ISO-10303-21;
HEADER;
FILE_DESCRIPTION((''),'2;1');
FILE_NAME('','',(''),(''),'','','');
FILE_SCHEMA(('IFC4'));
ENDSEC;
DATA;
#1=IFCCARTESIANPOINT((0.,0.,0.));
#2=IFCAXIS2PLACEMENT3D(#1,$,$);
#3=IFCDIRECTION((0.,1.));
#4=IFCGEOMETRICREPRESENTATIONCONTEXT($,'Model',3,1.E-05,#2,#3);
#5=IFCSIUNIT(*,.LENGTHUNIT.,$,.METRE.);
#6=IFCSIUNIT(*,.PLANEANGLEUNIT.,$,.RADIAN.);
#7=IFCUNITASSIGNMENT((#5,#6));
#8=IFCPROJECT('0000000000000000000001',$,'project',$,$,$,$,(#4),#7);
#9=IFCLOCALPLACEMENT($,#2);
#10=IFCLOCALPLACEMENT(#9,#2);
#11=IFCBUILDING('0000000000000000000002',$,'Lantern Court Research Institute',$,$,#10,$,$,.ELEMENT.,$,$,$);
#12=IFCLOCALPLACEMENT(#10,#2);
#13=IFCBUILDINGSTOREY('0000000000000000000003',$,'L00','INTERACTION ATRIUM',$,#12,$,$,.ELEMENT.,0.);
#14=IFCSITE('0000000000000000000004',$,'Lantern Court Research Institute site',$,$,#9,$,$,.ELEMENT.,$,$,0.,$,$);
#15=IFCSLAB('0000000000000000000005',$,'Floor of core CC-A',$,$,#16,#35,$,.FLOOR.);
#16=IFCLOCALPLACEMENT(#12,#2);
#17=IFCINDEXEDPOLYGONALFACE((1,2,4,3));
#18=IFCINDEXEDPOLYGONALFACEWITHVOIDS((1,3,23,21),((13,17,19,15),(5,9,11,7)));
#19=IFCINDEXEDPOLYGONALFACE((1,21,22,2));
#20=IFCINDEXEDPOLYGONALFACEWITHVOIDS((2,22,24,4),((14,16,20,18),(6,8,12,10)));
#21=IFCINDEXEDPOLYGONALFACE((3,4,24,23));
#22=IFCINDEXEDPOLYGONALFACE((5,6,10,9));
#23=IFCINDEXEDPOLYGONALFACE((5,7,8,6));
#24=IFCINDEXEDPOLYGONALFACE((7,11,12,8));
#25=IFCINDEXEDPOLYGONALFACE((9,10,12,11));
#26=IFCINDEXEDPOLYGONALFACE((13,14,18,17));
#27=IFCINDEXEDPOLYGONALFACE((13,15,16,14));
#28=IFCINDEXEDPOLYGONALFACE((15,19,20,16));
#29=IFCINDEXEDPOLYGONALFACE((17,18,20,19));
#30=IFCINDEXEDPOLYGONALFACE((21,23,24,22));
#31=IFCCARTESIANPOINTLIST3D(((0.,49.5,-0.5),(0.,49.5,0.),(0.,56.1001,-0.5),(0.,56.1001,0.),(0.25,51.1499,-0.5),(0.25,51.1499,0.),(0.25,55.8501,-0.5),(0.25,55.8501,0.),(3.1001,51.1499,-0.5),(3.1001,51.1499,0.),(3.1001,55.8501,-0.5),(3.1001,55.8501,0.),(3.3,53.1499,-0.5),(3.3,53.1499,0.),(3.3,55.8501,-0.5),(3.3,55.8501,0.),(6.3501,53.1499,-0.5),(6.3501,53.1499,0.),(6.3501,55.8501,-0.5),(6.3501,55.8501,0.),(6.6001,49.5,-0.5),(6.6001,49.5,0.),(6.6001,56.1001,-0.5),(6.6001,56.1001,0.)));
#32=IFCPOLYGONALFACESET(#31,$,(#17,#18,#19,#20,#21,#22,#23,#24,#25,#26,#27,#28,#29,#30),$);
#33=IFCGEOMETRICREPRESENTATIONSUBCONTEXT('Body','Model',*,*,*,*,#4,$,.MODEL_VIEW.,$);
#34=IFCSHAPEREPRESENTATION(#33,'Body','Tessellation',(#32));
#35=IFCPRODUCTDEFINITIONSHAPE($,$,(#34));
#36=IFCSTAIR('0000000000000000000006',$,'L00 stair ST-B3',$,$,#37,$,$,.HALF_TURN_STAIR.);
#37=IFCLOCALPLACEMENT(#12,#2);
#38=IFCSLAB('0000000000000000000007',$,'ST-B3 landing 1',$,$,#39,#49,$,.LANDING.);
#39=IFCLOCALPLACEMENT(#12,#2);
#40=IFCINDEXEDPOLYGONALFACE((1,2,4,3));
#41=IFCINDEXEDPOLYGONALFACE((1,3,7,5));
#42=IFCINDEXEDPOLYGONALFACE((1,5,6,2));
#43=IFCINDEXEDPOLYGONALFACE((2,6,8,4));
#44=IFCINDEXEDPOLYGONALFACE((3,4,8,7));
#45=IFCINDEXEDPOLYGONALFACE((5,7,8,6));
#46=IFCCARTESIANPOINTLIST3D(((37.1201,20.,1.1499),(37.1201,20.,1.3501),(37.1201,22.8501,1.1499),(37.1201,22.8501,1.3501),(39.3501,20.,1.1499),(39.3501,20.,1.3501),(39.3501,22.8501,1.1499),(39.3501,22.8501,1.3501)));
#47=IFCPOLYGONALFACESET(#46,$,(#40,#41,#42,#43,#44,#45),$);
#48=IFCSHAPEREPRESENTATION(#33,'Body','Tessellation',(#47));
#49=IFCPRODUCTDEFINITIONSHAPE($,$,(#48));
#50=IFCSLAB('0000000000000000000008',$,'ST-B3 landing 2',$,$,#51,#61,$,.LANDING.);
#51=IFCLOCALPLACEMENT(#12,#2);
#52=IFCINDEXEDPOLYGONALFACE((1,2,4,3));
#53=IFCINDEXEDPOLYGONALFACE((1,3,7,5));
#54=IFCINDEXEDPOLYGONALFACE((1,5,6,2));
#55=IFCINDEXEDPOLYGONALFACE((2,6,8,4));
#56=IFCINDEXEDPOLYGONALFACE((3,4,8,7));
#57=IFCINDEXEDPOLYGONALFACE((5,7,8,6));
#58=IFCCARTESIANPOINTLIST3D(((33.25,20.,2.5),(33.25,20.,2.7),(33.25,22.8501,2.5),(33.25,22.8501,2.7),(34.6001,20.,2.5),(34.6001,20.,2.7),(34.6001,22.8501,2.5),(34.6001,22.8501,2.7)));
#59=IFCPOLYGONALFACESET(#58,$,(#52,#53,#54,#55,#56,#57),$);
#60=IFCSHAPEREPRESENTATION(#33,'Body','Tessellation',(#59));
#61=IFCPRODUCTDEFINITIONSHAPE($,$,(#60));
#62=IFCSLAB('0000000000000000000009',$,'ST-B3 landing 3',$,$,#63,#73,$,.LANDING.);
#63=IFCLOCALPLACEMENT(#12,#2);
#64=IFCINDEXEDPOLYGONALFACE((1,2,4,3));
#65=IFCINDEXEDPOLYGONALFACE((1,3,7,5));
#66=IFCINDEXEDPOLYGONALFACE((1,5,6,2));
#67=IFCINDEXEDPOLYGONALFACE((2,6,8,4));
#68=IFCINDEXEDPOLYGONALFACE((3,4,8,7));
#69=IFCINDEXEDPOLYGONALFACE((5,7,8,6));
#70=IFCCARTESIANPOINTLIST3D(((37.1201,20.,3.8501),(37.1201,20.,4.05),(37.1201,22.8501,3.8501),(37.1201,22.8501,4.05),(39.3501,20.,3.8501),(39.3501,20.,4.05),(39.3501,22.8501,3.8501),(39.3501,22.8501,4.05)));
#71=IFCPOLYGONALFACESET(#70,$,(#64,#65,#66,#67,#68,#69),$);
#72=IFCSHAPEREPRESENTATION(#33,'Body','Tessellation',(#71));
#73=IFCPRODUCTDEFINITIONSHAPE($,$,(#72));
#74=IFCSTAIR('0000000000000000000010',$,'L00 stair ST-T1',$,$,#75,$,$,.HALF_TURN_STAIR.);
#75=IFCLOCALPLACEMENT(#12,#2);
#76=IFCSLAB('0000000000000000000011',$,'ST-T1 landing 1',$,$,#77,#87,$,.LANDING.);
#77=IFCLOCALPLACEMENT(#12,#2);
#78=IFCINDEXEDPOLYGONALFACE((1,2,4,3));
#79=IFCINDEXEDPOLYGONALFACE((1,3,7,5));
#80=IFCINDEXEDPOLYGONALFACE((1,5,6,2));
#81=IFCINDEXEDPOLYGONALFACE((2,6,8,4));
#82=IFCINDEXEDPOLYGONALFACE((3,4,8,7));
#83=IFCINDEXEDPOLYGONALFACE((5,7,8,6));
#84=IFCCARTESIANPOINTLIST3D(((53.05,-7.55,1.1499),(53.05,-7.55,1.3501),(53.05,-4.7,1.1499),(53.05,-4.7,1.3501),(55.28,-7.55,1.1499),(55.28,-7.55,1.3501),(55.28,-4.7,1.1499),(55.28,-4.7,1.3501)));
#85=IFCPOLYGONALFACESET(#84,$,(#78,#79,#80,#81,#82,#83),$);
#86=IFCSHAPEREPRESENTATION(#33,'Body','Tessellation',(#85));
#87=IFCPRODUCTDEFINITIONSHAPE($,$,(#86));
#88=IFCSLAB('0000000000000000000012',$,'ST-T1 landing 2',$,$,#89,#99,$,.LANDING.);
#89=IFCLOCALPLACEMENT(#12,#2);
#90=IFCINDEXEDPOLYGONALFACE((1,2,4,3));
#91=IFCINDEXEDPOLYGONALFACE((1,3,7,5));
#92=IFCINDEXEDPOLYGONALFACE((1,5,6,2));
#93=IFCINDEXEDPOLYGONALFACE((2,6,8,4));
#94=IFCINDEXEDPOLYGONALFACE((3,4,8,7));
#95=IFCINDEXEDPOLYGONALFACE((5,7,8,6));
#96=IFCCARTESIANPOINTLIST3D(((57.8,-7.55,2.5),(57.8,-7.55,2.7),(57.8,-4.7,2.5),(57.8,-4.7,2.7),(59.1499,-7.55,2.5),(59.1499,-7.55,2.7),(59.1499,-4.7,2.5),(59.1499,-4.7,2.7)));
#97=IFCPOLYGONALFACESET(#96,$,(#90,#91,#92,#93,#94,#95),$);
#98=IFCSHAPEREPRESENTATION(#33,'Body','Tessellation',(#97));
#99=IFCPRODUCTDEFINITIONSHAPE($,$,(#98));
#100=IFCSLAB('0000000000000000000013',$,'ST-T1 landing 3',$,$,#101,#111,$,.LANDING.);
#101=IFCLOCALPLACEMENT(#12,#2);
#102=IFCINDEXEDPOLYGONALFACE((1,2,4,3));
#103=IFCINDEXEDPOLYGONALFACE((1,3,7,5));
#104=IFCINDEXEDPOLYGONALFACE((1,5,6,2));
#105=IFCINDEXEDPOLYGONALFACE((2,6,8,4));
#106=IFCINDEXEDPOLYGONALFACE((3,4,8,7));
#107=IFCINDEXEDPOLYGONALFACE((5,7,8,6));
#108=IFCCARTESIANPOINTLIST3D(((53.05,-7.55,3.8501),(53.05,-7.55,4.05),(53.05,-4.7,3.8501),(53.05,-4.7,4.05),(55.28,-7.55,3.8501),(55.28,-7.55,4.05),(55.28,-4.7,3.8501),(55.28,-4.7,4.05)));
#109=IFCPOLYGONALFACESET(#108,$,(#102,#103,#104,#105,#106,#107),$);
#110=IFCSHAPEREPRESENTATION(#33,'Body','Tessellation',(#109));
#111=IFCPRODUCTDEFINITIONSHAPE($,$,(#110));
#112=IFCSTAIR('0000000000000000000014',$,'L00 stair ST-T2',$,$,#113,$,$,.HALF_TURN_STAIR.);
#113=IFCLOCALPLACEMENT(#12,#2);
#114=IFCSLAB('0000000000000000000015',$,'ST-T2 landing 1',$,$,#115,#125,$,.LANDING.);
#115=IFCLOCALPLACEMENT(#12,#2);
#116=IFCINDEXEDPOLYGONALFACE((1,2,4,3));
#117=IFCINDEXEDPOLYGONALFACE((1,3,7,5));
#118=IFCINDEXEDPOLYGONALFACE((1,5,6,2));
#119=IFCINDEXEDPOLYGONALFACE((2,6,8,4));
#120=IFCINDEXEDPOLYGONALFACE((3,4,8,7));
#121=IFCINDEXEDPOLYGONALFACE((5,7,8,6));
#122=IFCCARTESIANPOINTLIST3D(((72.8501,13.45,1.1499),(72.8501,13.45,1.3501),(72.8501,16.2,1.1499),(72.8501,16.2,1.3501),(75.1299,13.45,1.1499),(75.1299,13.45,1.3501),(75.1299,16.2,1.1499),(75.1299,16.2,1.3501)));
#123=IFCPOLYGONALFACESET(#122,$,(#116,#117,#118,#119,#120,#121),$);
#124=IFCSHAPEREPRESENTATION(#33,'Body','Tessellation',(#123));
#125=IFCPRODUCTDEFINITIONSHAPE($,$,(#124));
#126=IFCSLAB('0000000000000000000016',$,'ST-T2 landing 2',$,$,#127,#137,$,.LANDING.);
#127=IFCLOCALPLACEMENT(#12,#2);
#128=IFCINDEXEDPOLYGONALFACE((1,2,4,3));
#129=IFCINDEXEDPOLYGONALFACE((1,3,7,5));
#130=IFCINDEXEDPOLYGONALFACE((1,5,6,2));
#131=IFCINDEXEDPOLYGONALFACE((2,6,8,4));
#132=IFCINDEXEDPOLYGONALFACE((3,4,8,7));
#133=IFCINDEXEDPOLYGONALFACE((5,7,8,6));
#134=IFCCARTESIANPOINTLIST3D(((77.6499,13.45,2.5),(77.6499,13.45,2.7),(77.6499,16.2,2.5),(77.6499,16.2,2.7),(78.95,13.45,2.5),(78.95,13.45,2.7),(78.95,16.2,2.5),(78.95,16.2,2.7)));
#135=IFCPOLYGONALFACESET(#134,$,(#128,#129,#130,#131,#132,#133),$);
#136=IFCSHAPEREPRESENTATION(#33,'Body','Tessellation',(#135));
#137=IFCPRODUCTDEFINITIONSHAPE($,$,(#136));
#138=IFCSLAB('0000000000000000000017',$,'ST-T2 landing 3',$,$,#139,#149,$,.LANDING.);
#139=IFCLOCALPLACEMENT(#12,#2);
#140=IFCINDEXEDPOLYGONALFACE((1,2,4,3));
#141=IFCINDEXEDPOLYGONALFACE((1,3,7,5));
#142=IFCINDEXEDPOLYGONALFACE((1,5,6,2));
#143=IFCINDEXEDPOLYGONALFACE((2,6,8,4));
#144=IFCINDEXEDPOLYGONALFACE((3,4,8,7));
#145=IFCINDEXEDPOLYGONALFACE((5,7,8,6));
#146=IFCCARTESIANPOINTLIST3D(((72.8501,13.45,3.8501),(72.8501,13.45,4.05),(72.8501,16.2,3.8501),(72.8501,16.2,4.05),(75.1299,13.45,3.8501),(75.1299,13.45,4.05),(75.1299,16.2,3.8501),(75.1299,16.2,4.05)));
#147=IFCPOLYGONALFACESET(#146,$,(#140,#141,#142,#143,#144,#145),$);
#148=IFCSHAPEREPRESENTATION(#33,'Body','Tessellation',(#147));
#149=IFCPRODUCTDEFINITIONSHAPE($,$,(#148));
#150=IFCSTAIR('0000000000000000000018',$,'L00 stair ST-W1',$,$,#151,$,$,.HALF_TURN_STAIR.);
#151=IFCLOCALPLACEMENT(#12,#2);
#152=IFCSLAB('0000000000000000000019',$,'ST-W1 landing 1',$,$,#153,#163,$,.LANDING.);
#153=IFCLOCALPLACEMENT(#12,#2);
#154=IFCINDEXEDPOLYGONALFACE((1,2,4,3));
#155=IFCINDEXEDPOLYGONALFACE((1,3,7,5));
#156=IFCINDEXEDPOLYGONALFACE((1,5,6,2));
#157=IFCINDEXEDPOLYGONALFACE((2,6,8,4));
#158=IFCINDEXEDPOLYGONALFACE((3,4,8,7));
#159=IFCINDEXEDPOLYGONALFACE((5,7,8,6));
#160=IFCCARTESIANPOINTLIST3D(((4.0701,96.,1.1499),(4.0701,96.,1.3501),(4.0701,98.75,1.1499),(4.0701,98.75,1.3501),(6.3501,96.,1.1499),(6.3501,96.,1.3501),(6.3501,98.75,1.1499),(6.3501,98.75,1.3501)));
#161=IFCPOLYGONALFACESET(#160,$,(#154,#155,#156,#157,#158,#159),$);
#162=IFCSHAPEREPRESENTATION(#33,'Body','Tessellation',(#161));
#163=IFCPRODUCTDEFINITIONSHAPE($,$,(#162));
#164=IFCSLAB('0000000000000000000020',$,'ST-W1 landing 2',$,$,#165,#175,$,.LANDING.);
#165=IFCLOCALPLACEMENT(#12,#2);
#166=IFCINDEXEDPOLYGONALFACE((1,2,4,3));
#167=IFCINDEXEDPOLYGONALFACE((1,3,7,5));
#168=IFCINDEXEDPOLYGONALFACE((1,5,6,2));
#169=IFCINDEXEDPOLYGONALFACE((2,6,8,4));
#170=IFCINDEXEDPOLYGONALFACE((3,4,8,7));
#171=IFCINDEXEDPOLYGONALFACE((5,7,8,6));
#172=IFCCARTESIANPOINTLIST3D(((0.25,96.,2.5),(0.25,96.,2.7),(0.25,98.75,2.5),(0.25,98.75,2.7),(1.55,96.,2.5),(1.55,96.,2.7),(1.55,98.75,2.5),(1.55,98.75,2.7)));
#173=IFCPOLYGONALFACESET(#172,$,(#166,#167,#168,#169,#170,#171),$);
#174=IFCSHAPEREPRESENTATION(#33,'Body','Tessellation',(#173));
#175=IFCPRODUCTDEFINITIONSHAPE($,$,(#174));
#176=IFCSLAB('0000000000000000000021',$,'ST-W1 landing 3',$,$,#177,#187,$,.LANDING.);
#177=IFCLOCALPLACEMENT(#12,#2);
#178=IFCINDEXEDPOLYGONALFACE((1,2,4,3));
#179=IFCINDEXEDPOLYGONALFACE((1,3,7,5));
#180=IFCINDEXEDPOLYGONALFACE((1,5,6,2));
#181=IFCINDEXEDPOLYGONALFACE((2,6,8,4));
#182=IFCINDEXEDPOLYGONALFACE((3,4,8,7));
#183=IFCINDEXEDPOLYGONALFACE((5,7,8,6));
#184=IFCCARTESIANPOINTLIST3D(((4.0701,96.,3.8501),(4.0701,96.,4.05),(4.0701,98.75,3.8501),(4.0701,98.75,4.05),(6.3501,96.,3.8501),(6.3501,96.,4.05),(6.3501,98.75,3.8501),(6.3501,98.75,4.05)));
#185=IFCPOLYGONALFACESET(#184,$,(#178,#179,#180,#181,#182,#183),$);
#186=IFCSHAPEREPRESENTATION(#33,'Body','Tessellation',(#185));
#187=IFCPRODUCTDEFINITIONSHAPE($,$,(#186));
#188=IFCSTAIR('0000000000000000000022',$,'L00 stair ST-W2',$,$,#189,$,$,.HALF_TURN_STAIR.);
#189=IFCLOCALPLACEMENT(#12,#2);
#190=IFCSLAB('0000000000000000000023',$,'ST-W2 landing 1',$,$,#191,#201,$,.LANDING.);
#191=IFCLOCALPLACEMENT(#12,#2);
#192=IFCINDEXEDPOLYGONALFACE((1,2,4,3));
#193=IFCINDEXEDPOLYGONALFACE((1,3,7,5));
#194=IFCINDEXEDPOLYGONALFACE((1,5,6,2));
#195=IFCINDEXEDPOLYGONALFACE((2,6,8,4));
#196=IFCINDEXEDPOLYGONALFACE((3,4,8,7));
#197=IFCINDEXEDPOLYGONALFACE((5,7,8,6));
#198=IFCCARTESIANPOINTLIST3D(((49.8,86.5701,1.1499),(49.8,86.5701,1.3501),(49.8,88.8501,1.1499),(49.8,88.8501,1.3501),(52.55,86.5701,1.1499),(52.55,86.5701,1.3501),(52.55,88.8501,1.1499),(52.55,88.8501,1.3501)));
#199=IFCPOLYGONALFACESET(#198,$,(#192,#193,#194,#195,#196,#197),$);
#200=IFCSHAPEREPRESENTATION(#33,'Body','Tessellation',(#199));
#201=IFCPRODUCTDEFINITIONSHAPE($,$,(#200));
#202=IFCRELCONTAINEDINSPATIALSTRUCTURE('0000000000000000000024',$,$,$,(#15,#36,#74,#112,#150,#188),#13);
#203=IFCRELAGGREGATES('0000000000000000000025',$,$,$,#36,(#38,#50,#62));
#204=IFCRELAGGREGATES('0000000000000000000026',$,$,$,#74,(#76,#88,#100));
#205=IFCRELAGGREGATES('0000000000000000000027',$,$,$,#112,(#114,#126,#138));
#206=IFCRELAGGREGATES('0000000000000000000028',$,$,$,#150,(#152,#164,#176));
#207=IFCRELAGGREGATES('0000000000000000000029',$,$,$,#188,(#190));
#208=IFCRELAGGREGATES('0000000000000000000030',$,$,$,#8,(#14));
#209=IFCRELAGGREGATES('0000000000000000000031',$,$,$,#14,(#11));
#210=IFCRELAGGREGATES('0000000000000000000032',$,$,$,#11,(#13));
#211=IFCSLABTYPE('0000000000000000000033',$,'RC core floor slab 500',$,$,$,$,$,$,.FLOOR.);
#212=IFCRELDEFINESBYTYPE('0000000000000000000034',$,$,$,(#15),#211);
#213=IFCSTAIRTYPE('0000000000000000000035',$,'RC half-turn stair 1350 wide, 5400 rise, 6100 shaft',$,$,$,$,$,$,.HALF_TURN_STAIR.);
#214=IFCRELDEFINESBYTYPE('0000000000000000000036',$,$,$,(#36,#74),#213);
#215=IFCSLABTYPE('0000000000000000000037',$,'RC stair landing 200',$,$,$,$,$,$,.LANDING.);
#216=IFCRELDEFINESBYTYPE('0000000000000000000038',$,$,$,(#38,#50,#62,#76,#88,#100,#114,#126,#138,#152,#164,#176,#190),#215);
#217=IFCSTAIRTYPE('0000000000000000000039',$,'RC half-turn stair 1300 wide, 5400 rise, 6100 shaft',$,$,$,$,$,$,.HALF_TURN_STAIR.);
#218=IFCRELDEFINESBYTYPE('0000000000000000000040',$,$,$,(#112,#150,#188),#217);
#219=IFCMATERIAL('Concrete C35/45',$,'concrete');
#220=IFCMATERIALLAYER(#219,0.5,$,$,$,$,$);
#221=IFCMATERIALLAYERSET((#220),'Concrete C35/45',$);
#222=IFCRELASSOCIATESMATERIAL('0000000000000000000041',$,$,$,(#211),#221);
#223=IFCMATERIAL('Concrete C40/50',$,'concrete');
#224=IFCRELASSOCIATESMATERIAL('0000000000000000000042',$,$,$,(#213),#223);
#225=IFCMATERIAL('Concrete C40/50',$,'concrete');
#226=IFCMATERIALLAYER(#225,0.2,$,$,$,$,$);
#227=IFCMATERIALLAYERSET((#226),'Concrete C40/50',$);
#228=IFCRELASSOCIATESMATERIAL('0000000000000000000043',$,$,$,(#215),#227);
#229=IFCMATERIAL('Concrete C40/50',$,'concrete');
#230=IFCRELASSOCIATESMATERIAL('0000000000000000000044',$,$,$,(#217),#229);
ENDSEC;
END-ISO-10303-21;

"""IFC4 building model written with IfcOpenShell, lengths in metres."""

from ifc_helpers import new_model, si_unit, direction, frame, origin, place, context, subcontext, project, spatial, polyline, outline, extrude, material, layer, layer_set, type_object, element, aggregate, save


model = new_model("IFC4")

# Units and contexts
model_context = context("Model", 3, precision=1e-05, world=origin(), true_north=direction((0.0, 1.0)))
body_context = subcontext(model_context, "Body", "Model", "MODEL_VIEW")
ifc_project = project(units=[si_unit("LENGTHUNIT", "METRE"), si_unit("PLANEANGLEUNIT", "RADIAN")], contexts=[model_context])

# Site, building, storey
site_placement = place(None, origin())
site = spatial("IfcSite", under=ifc_project, at=site_placement, Name="Lantern Court Research Institute site", CompositionType="ELEMENT", RefElevation=0.0)
building_placement = place(site_placement, origin())
building = spatial("IfcBuilding", under=site, at=building_placement, Name="Lantern Court Research Institute", CompositionType="ELEMENT")
storey_placement = place(building_placement, origin())
storey = spatial("IfcBuildingStorey", under=building, at=storey_placement, Name="L00", Description="INTERACTION ATRIUM", CompositionType="ELEMENT", Elevation=0.0)

# Slab
ifc_material_1 = material(Name="Concrete C35/45", Category="concrete")
ifc_layer_1 = layer(ifc_material_1, 0.5)
ifc_layer_set_1 = layer_set([ifc_layer_1], Name="Concrete C35/45")
slab_type_1 = type_object("IfcSlabType", Name="RC core floor slab 500", PredefinedType="FLOOR", material=ifc_layer_set_1)
slab_1_placement = place(storey_placement, frame((0.0, 0.0, -0.5)))
element("IfcSlab", 1, at=slab_1_placement, inside=storey, type_object=slab_type_1, Name="Floor of core CC-A", PredefinedType="FLOOR", context=body_context, shape_type="SweptSolid", body=[
    extrude(outline(polyline([(0.0, 49.5), (6.6001, 49.5), (6.6001, 56.1001), (0.0, 56.1001), (0.0, 49.5)]), holes=[polyline([(3.1001, 51.1499), (3.1001, 55.8501), (0.25, 55.8501), (0.25, 51.1499), (3.1001, 51.1499)]), polyline([(3.3, 53.1499), (6.3501, 53.1499), (6.3501, 55.8501), (3.3, 55.8501), (3.3, 53.1499)])]), origin(), (0.0, 0.0, 1.0), 0.5),
])

# Stairs, slabs
ifc_material_2 = material(Name="Concrete C40/50", Category="concrete")
stair_type_1 = type_object("IfcStairType", Name="RC half-turn stair 1350 wide, 5400 rise, 6100 shaft", PredefinedType="HALF_TURN_STAIR", material=ifc_material_2)
stair_1_placement = place(storey_placement, origin())
stair_1 = element("IfcStair", 2, at=stair_1_placement, inside=storey, type_object=stair_type_1, Name="L00 stair ST-B3", PredefinedType="HALF_TURN_STAIR")
ifc_material_3 = material(Name="Concrete C40/50", Category="concrete")
ifc_layer_2 = layer(ifc_material_3, 0.2)
ifc_layer_set_2 = layer_set([ifc_layer_2], Name="Concrete C40/50")
slab_type_2 = type_object("IfcSlabType", Name="RC stair landing 200", PredefinedType="LANDING", material=ifc_layer_set_2)
slab_2_placement = place(storey_placement, frame((0.0, 0.0, 1.1499)))
slab_2 = element("IfcSlab", 3, at=slab_2_placement, type_object=slab_type_2, Name="ST-B3 landing 1", PredefinedType="LANDING", context=body_context, shape_type="SweptSolid", body=[
    extrude(outline(polyline([(37.1201, 20.0), (39.3501, 20.0), (39.3501, 22.8501), (37.1201, 22.8501), (37.1201, 20.0)])), origin(), (0.0, 0.0, 1.0), 0.2002),
])
slab_3_placement = place(storey_placement, frame((0.0, 0.0, 2.5)))
slab_3 = element("IfcSlab", 4, at=slab_3_placement, type_object=slab_type_2, Name="ST-B3 landing 2", PredefinedType="LANDING", context=body_context, shape_type="SweptSolid", body=[
    extrude(outline(polyline([(33.25, 20.0), (34.6001, 20.0), (34.6001, 22.8501), (33.25, 22.8501), (33.25, 20.0)])), origin(), (0.0, 0.0, 1.0), 0.2),
])
slab_4_placement = place(storey_placement, frame((0.0, 0.0, 3.8501)))
slab_4 = element("IfcSlab", 5, at=slab_4_placement, type_object=slab_type_2, Name="ST-B3 landing 3", PredefinedType="LANDING", context=body_context, shape_type="SweptSolid", body=[
    extrude(outline(polyline([(37.1201, 20.0), (39.3501, 20.0), (39.3501, 22.8501), (37.1201, 22.8501), (37.1201, 20.0)])), origin(), (0.0, 0.0, 1.0), 0.2),
])
aggregate(stair_1, [slab_2, slab_3, slab_4])
stair_2_placement = place(storey_placement, origin())
stair_2 = element("IfcStair", 6, at=stair_2_placement, inside=storey, type_object=stair_type_1, Name="L00 stair ST-T1", PredefinedType="HALF_TURN_STAIR")
slab_5_placement = place(storey_placement, frame((0.0, 0.0, 1.1499)))
slab_5 = element("IfcSlab", 7, at=slab_5_placement, type_object=slab_type_2, Name="ST-T1 landing 1", PredefinedType="LANDING", context=body_context, shape_type="SweptSolid", body=[
    extrude(outline(polyline([(55.28, -4.7), (53.05, -4.7), (53.05, -7.55), (55.28, -7.55), (55.28, -4.7)])), origin(), (0.0, 0.0, 1.0), 0.2002),
])
slab_6_placement = place(storey_placement, frame((0.0, 0.0, 2.5)))
slab_6 = element("IfcSlab", 8, at=slab_6_placement, type_object=slab_type_2, Name="ST-T1 landing 2", PredefinedType="LANDING", context=body_context, shape_type="SweptSolid", body=[
    extrude(outline(polyline([(59.1499, -4.7), (57.8, -4.7), (57.8, -7.55), (59.1499, -7.55), (59.1499, -4.7)])), origin(), (0.0, 0.0, 1.0), 0.2),
])
slab_7_placement = place(storey_placement, frame((0.0, 0.0, 3.8501)))
slab_7 = element("IfcSlab", 9, at=slab_7_placement, type_object=slab_type_2, Name="ST-T1 landing 3", PredefinedType="LANDING", context=body_context, shape_type="SweptSolid", body=[
    extrude(outline(polyline([(55.28, -4.7), (53.05, -4.7), (53.05, -7.55), (55.28, -7.55), (55.28, -4.7)])), origin(), (0.0, 0.0, 1.0), 0.2),
])
aggregate(stair_2, [slab_5, slab_6, slab_7])
ifc_material_4 = material(Name="Concrete C40/50", Category="concrete")
stair_type_2 = type_object("IfcStairType", Name="RC half-turn stair 1300 wide, 5400 rise, 6100 shaft", PredefinedType="HALF_TURN_STAIR", material=ifc_material_4)
stair_3_placement = place(storey_placement, origin())
stair_3 = element("IfcStair", 10, at=stair_3_placement, inside=storey, type_object=stair_type_2, Name="L00 stair ST-T2", PredefinedType="HALF_TURN_STAIR")
slab_8_placement = place(storey_placement, frame((0.0, 0.0, 1.1499)))
slab_8 = element("IfcSlab", 11, at=slab_8_placement, type_object=slab_type_2, Name="ST-T2 landing 1", PredefinedType="LANDING", context=body_context, shape_type="SweptSolid", body=[
    extrude(outline(polyline([(75.1299, 16.2), (72.8501, 16.2), (72.8501, 13.45), (75.1299, 13.45), (75.1299, 16.2)])), origin(), (0.0, 0.0, 1.0), 0.2002),
])
slab_9_placement = place(storey_placement, frame((0.0, 0.0, 2.5)))
slab_9 = element("IfcSlab", 12, at=slab_9_placement, type_object=slab_type_2, Name="ST-T2 landing 2", PredefinedType="LANDING", context=body_context, shape_type="SweptSolid", body=[
    extrude(outline(polyline([(78.95, 16.2), (77.6499, 16.2), (77.6499, 13.45), (78.95, 13.45), (78.95, 16.2)])), origin(), (0.0, 0.0, 1.0), 0.2),
])
slab_10_placement = place(storey_placement, frame((0.0, 0.0, 3.8501)))
slab_10 = element("IfcSlab", 13, at=slab_10_placement, type_object=slab_type_2, Name="ST-T2 landing 3", PredefinedType="LANDING", context=body_context, shape_type="SweptSolid", body=[
    extrude(outline(polyline([(75.1299, 16.2), (72.8501, 16.2), (72.8501, 13.45), (75.1299, 13.45), (75.1299, 16.2)])), origin(), (0.0, 0.0, 1.0), 0.2),
])
aggregate(stair_3, [slab_8, slab_9, slab_10])
stair_4_placement = place(storey_placement, origin())
stair_4 = element("IfcStair", 14, at=stair_4_placement, inside=storey, type_object=stair_type_2, Name="L00 stair ST-W1", PredefinedType="HALF_TURN_STAIR")
slab_11_placement = place(storey_placement, frame((0.0, 0.0, 1.1499)))
slab_11 = element("IfcSlab", 15, at=slab_11_placement, type_object=slab_type_2, Name="ST-W1 landing 1", PredefinedType="LANDING", context=body_context, shape_type="SweptSolid", body=[
    extrude(outline(polyline([(4.0701, 96.0), (6.3501, 96.0), (6.3501, 98.75), (4.0701, 98.75), (4.0701, 96.0)])), origin(), (0.0, 0.0, 1.0), 0.2002),
])
slab_12_placement = place(storey_placement, frame((0.0, 0.0, 2.5)))
slab_12 = element("IfcSlab", 16, at=slab_12_placement, type_object=slab_type_2, Name="ST-W1 landing 2", PredefinedType="LANDING", context=body_context, shape_type="SweptSolid", body=[
    extrude(outline(polyline([(0.25, 96.0), (1.55, 96.0), (1.55, 98.75), (0.25, 98.75), (0.25, 96.0)])), origin(), (0.0, 0.0, 1.0), 0.2),
])
slab_13_placement = place(storey_placement, frame((0.0, 0.0, 3.8501)))
slab_13 = element("IfcSlab", 17, at=slab_13_placement, type_object=slab_type_2, Name="ST-W1 landing 3", PredefinedType="LANDING", context=body_context, shape_type="SweptSolid", body=[
    extrude(outline(polyline([(4.0701, 96.0), (6.3501, 96.0), (6.3501, 98.75), (4.0701, 98.75), (4.0701, 96.0)])), origin(), (0.0, 0.0, 1.0), 0.2),
])
aggregate(stair_4, [slab_11, slab_12, slab_13])
stair_5_placement = place(storey_placement, origin())
stair_5 = element("IfcStair", 18, at=stair_5_placement, inside=storey, type_object=stair_type_2, Name="L00 stair ST-W2", PredefinedType="HALF_TURN_STAIR")
slab_14_placement = place(storey_placement, frame((0.0, 0.0, 1.1499)))
slab_14 = element("IfcSlab", 19, at=slab_14_placement, type_object=slab_type_2, Name="ST-W2 landing 1", PredefinedType="LANDING", context=body_context, shape_type="SweptSolid", body=[
    extrude(outline(polyline([(52.55, 86.5701), (52.55, 88.8501), (49.8, 88.8501), (49.8, 86.5701), (52.55, 86.5701)])), origin(), (0.0, 0.0, 1.0), 0.2002),
])
aggregate(stair_5, [slab_14])

save(model, "model.ifc")
